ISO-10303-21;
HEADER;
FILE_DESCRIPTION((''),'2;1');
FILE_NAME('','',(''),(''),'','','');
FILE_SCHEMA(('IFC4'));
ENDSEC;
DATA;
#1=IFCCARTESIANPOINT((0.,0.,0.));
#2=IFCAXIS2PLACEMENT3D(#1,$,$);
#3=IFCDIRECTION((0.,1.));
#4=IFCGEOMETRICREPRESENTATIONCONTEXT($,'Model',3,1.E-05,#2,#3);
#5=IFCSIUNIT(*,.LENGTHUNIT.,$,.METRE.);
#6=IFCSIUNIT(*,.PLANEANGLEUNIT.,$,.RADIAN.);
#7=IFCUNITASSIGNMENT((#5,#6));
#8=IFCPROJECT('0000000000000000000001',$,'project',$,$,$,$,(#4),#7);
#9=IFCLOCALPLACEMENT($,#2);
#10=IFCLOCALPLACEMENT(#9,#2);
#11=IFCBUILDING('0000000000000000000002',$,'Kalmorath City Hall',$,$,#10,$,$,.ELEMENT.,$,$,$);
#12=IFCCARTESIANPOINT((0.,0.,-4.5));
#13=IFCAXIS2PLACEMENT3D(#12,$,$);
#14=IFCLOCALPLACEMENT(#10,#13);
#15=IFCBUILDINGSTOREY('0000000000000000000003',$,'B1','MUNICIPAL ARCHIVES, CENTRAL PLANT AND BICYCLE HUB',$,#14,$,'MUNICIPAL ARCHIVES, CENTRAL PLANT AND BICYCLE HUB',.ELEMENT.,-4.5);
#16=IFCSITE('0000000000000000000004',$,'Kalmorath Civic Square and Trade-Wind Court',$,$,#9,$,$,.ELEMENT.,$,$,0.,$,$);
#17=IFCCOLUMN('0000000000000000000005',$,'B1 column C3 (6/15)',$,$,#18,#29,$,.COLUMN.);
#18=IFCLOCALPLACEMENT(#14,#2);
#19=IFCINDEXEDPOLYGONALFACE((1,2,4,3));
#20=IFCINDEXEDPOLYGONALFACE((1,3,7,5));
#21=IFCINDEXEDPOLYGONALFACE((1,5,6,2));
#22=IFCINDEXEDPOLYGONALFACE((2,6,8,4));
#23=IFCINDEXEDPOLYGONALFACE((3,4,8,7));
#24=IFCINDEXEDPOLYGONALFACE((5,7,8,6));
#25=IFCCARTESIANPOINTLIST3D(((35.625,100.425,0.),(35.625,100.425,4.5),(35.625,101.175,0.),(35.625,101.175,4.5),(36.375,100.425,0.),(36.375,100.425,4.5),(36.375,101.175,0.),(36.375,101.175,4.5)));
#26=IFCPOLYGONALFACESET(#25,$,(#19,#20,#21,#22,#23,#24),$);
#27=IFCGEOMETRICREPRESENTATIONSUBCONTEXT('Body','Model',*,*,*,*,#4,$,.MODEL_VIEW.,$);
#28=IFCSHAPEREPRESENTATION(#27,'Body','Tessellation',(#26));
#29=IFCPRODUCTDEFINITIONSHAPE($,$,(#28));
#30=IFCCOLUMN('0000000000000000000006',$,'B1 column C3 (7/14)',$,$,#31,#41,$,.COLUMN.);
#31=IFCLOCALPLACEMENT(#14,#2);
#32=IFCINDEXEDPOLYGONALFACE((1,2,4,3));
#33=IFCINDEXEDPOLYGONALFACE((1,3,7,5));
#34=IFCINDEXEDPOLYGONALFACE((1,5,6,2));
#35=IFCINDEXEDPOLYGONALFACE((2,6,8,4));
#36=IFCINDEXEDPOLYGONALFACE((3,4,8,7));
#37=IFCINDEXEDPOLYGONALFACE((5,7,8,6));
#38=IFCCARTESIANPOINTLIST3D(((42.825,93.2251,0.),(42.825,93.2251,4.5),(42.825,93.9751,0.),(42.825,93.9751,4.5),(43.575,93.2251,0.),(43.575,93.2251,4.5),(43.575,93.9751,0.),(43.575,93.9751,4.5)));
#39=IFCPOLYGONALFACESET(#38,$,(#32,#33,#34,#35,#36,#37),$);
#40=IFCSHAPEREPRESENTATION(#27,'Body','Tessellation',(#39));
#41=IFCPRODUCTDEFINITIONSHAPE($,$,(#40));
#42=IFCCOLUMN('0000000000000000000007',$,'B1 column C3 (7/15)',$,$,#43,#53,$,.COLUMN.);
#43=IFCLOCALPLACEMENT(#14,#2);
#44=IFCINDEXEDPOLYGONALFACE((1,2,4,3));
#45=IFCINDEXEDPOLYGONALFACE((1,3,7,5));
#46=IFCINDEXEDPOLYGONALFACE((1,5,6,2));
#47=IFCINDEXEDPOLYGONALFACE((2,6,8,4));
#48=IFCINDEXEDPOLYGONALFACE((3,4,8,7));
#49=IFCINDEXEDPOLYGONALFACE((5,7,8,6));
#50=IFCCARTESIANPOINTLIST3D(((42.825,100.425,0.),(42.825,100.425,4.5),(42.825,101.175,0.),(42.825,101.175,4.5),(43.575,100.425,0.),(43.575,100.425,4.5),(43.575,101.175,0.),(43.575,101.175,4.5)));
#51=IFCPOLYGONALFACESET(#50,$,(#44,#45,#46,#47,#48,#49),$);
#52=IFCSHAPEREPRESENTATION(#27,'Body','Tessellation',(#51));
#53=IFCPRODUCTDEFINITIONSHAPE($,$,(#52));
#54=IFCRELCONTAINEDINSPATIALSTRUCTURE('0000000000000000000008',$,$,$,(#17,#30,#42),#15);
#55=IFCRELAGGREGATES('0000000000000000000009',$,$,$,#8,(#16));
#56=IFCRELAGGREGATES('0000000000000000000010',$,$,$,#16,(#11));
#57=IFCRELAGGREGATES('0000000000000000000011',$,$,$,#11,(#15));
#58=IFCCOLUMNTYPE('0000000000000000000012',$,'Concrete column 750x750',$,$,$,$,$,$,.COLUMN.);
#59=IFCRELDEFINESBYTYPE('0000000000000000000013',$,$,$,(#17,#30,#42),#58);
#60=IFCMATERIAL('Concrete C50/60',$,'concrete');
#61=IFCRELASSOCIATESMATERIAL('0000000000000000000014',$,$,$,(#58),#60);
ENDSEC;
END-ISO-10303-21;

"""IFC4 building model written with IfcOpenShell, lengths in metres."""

from ifc_helpers import new_model, si_unit, direction, frame, origin, origin_2d, place, context, subcontext, project, spatial, rectangle, extrude, material, material_profile, profile_set, type_object, element, save


model = new_model("IFC4")

# Units and contexts
model_context = context("Model", 3, precision=1e-05, world=origin(), true_north=direction((0.0, 1.0)))
body_context = subcontext(model_context, "Body", "Model", "MODEL_VIEW")
ifc_project = project(units=[si_unit("LENGTHUNIT", "METRE"), si_unit("PLANEANGLEUNIT", "RADIAN")], contexts=[model_context])

# Site, building, storey
site_placement = place(None, origin())
site = spatial("IfcSite", under=ifc_project, at=site_placement, Name="Kalmorath Civic Square and Trade-Wind Court", CompositionType="ELEMENT", RefElevation=0.0)
building_placement = place(site_placement, origin())
building = spatial("IfcBuilding", under=site, at=building_placement, Name="Kalmorath City Hall", CompositionType="ELEMENT")
storey_placement = place(building_placement, frame((0.0, 0.0, -4.5)))
storey = spatial("IfcBuildingStorey", under=building, at=storey_placement, Name="B1", Description="MUNICIPAL ARCHIVES, CENTRAL PLANT AND BICYCLE HUB", LongName="MUNICIPAL ARCHIVES, CENTRAL PLANT AND BICYCLE HUB", CompositionType="ELEMENT", Elevation=-4.5)

# Columns
ifc_material_1 = material(Name="Concrete C50/60", Category="concrete")
ifc_material_profile_1 = material_profile(ifc_material_1, rectangle(XDim=0.75, YDim=0.75, at=origin_2d()), Name="RC-COL-750X750")
ifc_profile_set_1 = profile_set([ifc_material_profile_1], Name="Concrete C50/60")
column_type = type_object("IfcColumnType", Name="Concrete column 750x750", PredefinedType="COLUMN", material=ifc_profile_set_1)
for number, where, z_axis, x_axis, name in (
    (1, (36.0, 100.8, 0.0), (0.0, 0.0, 1.0), (1.0, 0.0, 0.0), "B1 column C3 (6/15)"),
    (2, (43.2, 93.6001, 0.0), (0.0, 0.0, 1.0), (1.0, 0.0, 0.0), "B1 column C3 (7/14)"),
    (3, (43.2, 100.8, 0.0), (0.0, 0.0, 1.0), (1.0, 0.0, 0.0), "B1 column C3 (7/15)"),
):
    element("IfcColumn", number, at=place(storey_placement, frame(where, z_axis=z_axis, x_axis=x_axis)), inside=storey, type_object=column_type, Name=name, PredefinedType="COLUMN", context=body_context, shape_type="SweptSolid", body=[
        extrude(rectangle(XDim=0.75, YDim=0.75, at=origin_2d()), origin(), (0.0, 0.0, 1.0), 4.5),
    ])

save(model, "model.ifc")
